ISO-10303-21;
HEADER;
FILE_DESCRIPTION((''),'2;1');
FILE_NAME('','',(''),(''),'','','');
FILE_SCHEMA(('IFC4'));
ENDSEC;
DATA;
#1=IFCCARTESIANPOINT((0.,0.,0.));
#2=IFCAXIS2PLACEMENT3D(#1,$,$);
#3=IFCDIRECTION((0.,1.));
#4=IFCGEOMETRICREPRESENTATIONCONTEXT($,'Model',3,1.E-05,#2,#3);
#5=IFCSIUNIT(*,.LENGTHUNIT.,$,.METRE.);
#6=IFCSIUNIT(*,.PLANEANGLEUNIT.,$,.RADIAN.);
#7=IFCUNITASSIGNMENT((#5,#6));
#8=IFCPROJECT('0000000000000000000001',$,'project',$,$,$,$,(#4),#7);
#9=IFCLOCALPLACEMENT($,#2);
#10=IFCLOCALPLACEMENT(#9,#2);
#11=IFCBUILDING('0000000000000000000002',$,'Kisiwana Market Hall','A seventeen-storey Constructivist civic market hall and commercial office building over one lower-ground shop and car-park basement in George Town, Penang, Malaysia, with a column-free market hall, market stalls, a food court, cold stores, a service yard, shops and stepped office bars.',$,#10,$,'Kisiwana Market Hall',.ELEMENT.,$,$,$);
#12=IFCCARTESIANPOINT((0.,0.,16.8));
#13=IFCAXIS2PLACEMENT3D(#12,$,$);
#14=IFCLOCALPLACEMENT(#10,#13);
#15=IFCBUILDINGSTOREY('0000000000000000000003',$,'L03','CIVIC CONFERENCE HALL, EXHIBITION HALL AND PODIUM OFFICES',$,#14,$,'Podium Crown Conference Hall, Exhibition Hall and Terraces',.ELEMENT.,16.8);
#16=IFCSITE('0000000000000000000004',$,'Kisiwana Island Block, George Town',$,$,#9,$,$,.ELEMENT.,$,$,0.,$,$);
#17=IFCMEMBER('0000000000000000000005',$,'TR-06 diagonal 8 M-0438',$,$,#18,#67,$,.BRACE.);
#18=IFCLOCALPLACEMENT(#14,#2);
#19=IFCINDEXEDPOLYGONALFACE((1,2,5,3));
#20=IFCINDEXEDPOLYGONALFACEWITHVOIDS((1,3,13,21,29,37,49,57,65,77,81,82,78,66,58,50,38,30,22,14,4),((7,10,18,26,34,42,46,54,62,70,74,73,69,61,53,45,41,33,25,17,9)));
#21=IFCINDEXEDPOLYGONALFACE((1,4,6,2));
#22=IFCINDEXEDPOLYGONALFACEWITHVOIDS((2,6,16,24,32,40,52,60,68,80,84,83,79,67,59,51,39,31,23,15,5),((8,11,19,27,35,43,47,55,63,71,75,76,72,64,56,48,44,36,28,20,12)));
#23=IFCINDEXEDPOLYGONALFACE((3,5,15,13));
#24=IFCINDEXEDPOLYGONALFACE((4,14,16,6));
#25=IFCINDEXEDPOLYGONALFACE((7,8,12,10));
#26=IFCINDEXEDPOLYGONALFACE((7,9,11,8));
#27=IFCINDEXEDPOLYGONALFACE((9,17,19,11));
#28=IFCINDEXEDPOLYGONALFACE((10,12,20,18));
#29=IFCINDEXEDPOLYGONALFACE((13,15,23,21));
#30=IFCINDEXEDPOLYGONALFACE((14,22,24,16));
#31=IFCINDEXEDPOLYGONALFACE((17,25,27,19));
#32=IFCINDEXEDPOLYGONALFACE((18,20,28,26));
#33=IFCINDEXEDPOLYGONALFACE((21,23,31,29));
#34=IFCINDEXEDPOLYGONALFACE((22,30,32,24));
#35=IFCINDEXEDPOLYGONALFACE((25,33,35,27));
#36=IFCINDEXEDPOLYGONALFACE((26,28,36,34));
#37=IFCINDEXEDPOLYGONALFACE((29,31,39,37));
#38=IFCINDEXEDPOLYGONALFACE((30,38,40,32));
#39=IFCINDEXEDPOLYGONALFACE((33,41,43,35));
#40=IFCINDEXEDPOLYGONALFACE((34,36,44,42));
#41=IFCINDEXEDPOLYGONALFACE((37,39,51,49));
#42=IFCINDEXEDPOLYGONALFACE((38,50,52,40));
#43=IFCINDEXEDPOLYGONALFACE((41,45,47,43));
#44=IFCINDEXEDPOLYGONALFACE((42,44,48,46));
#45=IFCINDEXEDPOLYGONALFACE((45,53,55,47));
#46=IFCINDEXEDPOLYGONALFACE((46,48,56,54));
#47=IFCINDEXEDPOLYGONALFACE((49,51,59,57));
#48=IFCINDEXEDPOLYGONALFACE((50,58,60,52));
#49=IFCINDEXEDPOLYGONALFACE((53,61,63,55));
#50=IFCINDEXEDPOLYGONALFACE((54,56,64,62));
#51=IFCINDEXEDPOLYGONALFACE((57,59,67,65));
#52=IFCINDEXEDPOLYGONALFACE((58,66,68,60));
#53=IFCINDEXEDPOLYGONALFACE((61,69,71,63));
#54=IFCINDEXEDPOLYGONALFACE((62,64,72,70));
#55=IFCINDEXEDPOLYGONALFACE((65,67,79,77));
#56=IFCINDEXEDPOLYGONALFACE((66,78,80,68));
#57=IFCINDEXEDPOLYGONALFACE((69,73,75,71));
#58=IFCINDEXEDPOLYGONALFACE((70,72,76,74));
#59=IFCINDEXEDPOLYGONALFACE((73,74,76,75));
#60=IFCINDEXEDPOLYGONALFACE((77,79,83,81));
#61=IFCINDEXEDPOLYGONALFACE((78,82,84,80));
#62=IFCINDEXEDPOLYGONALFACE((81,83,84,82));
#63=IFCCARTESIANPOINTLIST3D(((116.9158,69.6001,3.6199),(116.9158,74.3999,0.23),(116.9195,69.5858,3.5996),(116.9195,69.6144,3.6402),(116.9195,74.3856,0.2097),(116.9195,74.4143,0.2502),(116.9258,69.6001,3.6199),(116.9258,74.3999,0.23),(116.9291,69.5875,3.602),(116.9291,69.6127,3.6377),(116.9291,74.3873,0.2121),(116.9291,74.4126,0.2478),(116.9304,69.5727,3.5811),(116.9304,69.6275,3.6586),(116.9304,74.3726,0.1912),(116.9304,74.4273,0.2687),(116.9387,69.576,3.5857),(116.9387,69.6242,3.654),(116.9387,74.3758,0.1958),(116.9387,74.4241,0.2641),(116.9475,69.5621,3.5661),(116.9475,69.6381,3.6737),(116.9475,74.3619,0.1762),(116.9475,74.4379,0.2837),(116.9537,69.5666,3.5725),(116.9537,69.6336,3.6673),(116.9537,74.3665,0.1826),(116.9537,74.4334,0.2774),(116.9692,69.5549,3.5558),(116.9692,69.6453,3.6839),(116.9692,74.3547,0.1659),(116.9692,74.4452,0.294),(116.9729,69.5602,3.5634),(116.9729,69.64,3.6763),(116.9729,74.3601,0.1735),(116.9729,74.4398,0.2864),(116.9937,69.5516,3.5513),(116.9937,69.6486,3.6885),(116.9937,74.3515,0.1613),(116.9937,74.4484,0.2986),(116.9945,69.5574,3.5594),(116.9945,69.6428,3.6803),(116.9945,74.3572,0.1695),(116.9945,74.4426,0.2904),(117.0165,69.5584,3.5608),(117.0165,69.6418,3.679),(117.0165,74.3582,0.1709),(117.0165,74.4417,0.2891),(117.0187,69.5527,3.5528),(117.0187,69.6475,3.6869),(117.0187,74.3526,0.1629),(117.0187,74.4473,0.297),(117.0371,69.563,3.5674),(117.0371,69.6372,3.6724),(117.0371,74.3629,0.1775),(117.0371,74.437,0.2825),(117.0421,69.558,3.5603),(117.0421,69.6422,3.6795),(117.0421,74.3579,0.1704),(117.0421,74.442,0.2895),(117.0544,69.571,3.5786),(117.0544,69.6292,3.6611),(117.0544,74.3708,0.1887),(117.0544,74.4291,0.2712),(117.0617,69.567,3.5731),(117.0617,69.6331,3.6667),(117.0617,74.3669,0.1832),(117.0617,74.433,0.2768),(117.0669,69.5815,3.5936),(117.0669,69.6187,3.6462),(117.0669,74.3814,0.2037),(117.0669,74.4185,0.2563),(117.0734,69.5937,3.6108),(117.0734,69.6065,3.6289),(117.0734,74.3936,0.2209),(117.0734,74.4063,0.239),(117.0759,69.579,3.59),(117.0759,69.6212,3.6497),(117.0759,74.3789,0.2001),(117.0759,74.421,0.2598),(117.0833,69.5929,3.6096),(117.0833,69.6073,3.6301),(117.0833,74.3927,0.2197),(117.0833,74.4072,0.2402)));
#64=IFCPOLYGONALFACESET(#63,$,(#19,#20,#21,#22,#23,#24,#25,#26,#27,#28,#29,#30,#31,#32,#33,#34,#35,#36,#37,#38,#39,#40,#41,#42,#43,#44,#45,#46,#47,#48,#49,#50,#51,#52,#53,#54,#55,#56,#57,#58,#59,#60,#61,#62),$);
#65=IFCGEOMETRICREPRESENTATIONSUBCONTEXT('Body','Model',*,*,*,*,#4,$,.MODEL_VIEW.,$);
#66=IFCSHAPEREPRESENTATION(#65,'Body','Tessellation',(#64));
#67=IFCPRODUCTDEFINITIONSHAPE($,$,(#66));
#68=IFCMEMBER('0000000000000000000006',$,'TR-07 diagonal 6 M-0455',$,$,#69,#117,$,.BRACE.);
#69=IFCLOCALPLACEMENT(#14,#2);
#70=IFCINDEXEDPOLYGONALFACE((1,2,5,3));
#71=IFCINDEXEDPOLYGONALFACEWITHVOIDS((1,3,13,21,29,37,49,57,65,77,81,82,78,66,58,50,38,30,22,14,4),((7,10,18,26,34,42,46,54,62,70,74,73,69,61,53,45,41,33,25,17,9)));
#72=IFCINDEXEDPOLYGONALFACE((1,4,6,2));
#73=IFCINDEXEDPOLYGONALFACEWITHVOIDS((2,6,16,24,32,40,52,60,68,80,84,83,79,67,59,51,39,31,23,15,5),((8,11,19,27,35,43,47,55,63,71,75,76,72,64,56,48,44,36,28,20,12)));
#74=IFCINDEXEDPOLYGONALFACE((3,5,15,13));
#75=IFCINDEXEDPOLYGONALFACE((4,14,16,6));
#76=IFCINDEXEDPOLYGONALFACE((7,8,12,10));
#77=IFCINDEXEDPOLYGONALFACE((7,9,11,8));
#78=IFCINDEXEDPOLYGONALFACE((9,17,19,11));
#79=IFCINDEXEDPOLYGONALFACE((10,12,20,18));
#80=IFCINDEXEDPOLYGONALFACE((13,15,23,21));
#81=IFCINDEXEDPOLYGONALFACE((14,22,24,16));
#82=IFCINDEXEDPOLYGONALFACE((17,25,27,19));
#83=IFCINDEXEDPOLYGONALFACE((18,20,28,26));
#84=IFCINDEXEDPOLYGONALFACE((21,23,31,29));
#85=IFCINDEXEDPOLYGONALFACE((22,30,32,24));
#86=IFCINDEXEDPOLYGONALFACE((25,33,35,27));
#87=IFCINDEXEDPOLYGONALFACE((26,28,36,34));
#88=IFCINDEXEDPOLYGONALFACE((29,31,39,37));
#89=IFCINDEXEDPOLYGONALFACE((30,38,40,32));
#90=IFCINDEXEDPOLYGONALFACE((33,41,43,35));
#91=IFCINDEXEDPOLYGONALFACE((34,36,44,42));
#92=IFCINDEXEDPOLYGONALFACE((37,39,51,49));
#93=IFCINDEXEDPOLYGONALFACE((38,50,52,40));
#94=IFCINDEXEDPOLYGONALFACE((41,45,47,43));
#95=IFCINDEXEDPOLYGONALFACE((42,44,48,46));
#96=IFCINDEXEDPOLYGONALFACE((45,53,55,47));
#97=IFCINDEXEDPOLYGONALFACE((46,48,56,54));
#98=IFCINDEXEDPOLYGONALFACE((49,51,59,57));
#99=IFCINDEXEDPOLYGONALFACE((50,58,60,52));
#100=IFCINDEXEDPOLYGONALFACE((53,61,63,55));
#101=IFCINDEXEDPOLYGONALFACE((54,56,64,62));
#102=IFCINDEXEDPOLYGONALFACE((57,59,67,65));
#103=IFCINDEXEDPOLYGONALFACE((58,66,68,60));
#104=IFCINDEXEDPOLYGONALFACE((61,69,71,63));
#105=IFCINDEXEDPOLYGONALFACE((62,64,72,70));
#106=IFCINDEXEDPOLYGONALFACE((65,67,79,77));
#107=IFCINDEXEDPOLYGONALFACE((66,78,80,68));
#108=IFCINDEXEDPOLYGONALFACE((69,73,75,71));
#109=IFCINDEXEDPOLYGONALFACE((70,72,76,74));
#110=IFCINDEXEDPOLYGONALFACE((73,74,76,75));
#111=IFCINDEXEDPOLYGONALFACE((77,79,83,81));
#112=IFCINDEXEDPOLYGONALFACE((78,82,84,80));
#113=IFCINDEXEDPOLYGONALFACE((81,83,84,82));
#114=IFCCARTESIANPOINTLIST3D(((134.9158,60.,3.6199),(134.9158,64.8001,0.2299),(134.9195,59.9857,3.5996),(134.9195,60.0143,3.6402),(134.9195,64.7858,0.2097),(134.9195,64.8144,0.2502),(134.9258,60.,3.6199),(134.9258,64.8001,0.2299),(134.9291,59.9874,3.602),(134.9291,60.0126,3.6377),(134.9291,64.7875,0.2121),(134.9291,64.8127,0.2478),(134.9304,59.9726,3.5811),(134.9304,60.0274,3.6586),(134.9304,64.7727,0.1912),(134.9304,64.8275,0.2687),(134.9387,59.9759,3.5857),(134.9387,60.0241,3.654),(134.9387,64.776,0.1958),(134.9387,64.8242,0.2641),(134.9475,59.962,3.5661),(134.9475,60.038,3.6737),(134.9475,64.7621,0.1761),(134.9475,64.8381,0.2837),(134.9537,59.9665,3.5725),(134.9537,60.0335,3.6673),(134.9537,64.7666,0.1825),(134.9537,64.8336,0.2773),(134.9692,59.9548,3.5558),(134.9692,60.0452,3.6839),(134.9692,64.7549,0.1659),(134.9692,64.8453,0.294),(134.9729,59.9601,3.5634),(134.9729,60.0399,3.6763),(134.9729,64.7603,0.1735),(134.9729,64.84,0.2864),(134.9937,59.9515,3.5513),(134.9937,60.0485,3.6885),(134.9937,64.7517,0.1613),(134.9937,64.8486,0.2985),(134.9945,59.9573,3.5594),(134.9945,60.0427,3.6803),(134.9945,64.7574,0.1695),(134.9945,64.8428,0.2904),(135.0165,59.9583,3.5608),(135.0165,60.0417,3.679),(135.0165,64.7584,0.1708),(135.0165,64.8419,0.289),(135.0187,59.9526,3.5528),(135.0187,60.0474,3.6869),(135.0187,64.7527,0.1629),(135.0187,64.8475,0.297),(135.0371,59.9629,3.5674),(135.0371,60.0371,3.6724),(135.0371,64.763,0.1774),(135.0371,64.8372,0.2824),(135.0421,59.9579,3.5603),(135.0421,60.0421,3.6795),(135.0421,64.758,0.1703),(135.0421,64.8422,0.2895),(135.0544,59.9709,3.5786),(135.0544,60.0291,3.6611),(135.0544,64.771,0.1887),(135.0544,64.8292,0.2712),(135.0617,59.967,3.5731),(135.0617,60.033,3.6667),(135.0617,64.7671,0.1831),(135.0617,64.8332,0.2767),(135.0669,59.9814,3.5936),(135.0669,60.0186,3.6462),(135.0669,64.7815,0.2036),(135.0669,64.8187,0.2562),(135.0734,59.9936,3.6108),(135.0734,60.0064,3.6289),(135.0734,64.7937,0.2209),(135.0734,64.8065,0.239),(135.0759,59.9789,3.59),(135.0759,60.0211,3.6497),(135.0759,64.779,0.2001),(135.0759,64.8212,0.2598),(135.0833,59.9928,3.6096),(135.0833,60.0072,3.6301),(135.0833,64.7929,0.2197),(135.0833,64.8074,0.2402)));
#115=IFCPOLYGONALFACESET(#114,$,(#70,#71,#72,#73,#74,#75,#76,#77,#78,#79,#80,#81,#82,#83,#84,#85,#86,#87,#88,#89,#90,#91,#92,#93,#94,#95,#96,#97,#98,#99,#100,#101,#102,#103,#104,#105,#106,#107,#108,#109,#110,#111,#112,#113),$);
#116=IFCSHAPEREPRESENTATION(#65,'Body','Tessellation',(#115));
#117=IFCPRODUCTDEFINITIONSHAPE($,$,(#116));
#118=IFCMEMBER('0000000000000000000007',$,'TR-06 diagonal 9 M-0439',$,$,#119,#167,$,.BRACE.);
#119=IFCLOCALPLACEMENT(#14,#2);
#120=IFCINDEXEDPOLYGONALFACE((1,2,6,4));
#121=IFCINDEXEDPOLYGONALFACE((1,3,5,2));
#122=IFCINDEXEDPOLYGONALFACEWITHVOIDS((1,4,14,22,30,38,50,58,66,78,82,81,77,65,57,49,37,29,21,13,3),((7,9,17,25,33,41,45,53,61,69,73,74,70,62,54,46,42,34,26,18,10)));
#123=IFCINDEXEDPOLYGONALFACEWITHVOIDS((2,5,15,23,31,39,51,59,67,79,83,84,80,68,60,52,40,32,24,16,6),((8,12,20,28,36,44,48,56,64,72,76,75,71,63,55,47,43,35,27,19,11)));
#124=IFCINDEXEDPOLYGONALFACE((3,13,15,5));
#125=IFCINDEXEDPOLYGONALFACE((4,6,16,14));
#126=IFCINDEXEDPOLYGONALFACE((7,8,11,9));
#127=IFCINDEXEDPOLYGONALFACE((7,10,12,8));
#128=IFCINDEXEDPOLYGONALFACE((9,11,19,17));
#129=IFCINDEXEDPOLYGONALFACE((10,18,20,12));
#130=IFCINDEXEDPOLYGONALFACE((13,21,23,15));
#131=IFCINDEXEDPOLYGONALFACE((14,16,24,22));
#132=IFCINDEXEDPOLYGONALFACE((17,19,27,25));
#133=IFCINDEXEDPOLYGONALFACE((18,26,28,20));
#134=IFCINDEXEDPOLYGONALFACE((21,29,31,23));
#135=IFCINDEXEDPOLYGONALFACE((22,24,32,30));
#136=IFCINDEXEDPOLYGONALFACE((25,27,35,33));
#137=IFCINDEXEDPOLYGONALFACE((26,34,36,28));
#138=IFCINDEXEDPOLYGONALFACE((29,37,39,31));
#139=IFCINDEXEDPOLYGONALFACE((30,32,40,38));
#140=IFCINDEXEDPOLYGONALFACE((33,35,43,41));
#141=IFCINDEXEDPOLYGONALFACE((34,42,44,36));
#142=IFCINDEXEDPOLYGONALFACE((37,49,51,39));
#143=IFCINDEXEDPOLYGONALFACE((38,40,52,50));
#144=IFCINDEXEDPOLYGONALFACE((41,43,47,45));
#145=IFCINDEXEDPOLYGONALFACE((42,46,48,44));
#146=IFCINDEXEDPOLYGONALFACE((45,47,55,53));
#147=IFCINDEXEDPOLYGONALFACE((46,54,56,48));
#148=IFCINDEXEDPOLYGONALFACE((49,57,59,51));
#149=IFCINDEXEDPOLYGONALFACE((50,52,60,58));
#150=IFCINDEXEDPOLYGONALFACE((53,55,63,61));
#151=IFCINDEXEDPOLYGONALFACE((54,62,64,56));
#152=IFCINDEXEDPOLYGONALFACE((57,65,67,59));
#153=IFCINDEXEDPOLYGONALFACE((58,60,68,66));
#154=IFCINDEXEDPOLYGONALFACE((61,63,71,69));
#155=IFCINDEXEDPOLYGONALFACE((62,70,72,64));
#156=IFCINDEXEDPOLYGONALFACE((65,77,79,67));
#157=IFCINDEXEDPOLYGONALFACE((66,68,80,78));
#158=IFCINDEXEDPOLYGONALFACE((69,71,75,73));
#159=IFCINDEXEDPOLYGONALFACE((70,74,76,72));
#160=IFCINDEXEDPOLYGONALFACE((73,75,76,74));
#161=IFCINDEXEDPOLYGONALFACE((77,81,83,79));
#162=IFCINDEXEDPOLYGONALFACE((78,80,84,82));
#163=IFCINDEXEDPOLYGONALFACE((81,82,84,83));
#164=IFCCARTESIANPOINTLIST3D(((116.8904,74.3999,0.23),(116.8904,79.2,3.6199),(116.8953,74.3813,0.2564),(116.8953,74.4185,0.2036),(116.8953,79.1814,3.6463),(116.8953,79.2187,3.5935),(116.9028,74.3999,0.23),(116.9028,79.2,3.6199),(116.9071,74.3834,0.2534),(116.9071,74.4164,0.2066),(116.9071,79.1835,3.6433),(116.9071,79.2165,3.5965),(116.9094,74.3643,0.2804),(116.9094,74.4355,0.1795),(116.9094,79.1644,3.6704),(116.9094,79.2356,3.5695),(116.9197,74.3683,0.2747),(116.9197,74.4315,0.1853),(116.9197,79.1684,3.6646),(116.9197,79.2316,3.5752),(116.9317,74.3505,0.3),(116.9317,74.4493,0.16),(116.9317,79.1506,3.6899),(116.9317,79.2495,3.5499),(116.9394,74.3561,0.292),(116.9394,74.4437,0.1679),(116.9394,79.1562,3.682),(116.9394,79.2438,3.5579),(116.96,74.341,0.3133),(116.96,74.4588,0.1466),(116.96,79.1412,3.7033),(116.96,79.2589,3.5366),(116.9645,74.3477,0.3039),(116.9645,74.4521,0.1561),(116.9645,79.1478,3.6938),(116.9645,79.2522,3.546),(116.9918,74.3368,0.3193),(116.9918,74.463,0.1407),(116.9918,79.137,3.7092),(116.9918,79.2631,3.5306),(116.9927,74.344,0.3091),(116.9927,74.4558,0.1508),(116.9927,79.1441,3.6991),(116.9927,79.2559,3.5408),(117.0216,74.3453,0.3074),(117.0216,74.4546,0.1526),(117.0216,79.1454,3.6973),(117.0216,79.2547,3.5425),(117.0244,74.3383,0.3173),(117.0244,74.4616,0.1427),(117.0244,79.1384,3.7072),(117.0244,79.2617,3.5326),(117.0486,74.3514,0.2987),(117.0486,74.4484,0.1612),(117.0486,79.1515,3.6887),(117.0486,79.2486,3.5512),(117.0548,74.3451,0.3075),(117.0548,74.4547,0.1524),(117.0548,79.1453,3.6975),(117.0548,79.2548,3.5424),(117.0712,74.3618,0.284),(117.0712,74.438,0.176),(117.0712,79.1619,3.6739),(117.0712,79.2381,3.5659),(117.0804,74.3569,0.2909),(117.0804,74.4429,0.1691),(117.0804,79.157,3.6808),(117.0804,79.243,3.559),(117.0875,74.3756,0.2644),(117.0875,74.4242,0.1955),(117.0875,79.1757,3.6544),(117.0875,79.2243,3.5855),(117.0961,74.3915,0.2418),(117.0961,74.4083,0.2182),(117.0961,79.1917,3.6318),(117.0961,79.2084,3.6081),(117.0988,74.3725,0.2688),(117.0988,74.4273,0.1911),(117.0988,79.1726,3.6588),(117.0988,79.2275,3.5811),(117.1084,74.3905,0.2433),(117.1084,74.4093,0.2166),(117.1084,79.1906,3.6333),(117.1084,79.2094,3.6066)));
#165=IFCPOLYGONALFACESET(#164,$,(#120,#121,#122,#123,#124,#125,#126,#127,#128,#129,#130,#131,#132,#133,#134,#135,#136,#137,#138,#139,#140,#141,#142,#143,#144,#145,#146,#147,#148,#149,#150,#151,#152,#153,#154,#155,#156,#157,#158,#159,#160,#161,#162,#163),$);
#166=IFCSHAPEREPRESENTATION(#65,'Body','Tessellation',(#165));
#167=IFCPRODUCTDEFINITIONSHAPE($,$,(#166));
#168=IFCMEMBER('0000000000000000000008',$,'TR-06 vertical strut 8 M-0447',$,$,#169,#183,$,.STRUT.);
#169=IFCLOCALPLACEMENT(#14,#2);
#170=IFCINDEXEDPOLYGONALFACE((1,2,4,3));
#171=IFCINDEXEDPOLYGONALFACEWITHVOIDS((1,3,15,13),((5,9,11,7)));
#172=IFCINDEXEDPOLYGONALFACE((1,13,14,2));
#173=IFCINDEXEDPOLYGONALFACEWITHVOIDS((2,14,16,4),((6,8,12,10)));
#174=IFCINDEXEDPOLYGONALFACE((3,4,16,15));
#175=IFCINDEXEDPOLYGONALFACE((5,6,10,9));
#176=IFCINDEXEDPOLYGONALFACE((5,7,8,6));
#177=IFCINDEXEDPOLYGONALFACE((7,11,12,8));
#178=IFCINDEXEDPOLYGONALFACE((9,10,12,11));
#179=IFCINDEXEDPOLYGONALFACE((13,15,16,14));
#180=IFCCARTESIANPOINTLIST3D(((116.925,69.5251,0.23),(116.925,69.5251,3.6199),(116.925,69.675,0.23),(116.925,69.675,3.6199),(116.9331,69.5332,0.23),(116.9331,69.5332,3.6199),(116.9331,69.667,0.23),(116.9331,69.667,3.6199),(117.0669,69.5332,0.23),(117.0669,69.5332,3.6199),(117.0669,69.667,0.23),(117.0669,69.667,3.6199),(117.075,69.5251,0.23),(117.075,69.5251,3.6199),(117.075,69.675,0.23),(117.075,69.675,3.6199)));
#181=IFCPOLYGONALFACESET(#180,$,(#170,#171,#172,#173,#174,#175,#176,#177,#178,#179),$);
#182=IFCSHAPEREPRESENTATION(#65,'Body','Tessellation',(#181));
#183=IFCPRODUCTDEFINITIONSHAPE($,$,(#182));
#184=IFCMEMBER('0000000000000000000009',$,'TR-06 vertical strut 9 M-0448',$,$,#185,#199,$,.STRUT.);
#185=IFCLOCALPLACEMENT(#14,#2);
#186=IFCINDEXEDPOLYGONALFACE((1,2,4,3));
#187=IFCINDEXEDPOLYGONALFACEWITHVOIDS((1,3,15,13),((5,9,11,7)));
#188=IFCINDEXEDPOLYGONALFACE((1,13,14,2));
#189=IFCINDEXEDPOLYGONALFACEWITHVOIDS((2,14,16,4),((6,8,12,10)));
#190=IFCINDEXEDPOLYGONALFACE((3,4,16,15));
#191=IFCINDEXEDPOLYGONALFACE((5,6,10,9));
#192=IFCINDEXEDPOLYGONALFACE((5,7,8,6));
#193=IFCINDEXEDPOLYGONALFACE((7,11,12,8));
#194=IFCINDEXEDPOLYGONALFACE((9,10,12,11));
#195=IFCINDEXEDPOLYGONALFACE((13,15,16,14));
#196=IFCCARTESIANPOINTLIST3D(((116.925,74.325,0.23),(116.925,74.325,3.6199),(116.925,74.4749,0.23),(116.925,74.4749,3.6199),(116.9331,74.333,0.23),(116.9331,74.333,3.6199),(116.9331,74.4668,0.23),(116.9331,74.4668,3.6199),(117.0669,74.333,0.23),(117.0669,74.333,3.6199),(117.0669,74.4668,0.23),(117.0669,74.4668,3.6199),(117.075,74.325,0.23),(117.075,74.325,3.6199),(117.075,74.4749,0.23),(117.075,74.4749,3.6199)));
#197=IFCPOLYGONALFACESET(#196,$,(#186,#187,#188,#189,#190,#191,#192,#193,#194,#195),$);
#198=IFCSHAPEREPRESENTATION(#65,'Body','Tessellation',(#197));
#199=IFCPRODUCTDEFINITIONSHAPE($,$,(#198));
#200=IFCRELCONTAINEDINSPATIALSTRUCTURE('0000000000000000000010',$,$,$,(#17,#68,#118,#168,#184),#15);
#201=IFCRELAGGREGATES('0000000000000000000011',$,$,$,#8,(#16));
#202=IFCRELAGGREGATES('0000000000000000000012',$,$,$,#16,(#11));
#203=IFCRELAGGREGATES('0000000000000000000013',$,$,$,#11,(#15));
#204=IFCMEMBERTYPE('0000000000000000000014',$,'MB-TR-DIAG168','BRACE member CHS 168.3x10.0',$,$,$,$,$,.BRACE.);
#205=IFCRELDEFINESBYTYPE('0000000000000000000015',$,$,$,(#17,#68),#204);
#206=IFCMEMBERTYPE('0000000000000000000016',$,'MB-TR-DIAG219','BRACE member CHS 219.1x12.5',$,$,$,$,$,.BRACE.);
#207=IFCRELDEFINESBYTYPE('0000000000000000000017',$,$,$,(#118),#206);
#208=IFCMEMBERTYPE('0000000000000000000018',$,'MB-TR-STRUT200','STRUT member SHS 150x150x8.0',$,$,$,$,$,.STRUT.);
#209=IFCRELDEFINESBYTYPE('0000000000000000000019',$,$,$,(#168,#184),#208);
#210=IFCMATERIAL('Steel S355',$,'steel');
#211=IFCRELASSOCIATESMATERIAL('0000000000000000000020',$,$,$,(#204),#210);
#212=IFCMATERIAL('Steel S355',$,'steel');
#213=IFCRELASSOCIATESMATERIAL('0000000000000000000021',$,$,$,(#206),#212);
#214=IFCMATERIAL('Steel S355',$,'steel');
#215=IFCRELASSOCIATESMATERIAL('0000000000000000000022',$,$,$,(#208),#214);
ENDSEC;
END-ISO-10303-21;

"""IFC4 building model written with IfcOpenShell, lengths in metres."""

from ifc_helpers import new_model, si_unit, direction, frame, origin, origin_2d, place, context, subcontext, project, spatial, hollow_rectangle, hollow_circle, extrude, material, material_profile, profile_set, type_object, element, save


model = new_model("IFC4")

# Units and contexts
model_context = context("Model", 3, precision=1e-05, world=origin(), true_north=direction((0.0, 1.0)))
body_context = subcontext(model_context, "Body", "Model", "MODEL_VIEW")
ifc_project = project(units=[si_unit("LENGTHUNIT", "METRE"), si_unit("PLANEANGLEUNIT", "RADIAN")], contexts=[model_context])

# Site, building, storey
site_placement = place(None, origin())
site = spatial("IfcSite", under=ifc_project, at=site_placement, Name="Kisiwana Island Block, George Town", CompositionType="ELEMENT", RefElevation=0.0)
building_placement = place(site_placement, origin())
building = spatial("IfcBuilding", under=site, at=building_placement, Name="Kisiwana Market Hall", Description="A seventeen-storey Constructivist civic market hall and commercial office building over one lower-ground shop and car-park basement in George Town, Penang, Malaysia, with a column-free market hall, market stalls, a food court, cold stores, a service yard, shops and stepped office bars.", LongName="Kisiwana Market Hall", CompositionType="ELEMENT")
storey_placement = place(building_placement, frame((0.0, 0.0, 16.8)))
storey = spatial("IfcBuildingStorey", under=building, at=storey_placement, Name="L03", Description="CIVIC CONFERENCE HALL, EXHIBITION HALL AND PODIUM OFFICES", LongName="Podium Crown Conference Hall, Exhibition Hall and Terraces", CompositionType="ELEMENT", Elevation=16.8)

# Members
ifc_material_1 = material(Name="Steel S355", Category="steel")
ifc_material_profile_1 = material_profile(ifc_material_1, hollow_circle(Radius=0.0842, WallThickness=0.01, at=origin_2d()), Name="CHS 168.3x10.0")
ifc_profile_set_1 = profile_set([ifc_material_profile_1], Name="Steel S355")
member_type_1 = type_object("IfcMemberType", Name="MB-TR-DIAG168", Description="BRACE member CHS 168.3x10.0", PredefinedType="BRACE", material=ifc_profile_set_1)
member_1_placement = place(storey_placement, frame((117.0, 69.6001, 3.6199), z_axis=(0.0, 0.816824, -0.576887), x_axis=(-1.0, 0.0, 0.0)))
element("IfcMember", 1, at=member_1_placement, inside=storey, type_object=member_type_1, Name="TR-06 diagonal 8 M-0438", PredefinedType="BRACE", context=body_context, shape_type="SweptSolid", body=[
    extrude(hollow_circle(Radius=0.0842, WallThickness=0.01, at=origin_2d()), origin(), (0.0, 0.0, 1.0), 5.8762),
])
member_2_placement = place(storey_placement, frame((135.0, 60.0, 3.6199), z_axis=(0.0, 0.816838, -0.576868), x_axis=(-1.0, 0.0, 0.0)))
element("IfcMember", 2, at=member_2_placement, inside=storey, type_object=member_type_1, Name="TR-07 diagonal 6 M-0455", PredefinedType="BRACE", context=body_context, shape_type="SweptSolid", body=[
    extrude(hollow_circle(Radius=0.0842, WallThickness=0.01, at=origin_2d()), origin(), (0.0, 0.0, 1.0), 5.8765),
])
ifc_material_2 = material(Name="Steel S355", Category="steel")
ifc_material_profile_2 = material_profile(ifc_material_2, hollow_circle(Radius=0.1096, WallThickness=0.0125, at=origin_2d()), Name="CHS 219.1x12.5")
ifc_profile_set_2 = profile_set([ifc_material_profile_2], Name="Steel S355")
member_type_2 = type_object("IfcMemberType", Name="MB-TR-DIAG219", Description="BRACE member CHS 219.1x12.5", PredefinedType="BRACE", material=ifc_profile_set_2)
member_3_placement = place(storey_placement, frame((117.0, 74.3999, 0.23), z_axis=(0.0, 0.816838, 0.576868), x_axis=(-1.0, 0.0, 0.0)))
element("IfcMember", 3, at=member_3_placement, inside=storey, type_object=member_type_2, Name="TR-06 diagonal 9 M-0439", PredefinedType="BRACE", context=body_context, shape_type="SweptSolid", body=[
    extrude(hollow_circle(Radius=0.1096, WallThickness=0.0125, at=origin_2d()), origin(), (0.0, 0.0, 1.0), 5.8765),
])
ifc_material_3 = material(Name="Steel S355", Category="steel")
ifc_material_profile_3 = material_profile(ifc_material_3, hollow_rectangle(XDim=0.1499, YDim=0.1499, WallThickness=0.0081, at=origin_2d()), Name="SHS 150x150x8.0")
ifc_profile_set_3 = profile_set([ifc_material_profile_3], Name="Steel S355")
member_type_3 = type_object("IfcMemberType", Name="MB-TR-STRUT200", Description="STRUT member SHS 150x150x8.0", PredefinedType="STRUT", material=ifc_profile_set_3)
for number, where, z_axis, x_axis, name in (
    (4, (117.0, 69.6001, 0.23), (0.0, 0.0, 1.0), (1.0, 0.0, 0.0), "TR-06 vertical strut 8 M-0447"),
    (5, (117.0, 74.3999, 0.23), (0.0, 0.0, 1.0), (1.0, 0.0, 0.0), "TR-06 vertical strut 9 M-0448"),
):
    element("IfcMember", number, at=place(storey_placement, frame(where, z_axis=z_axis, x_axis=x_axis)), inside=storey, type_object=member_type_3, Name=name, PredefinedType="STRUT", context=body_context, shape_type="SweptSolid", body=[
        extrude(hollow_rectangle(XDim=0.1499, YDim=0.1499, WallThickness=0.0081, at=origin_2d()), origin(), (0.0, 0.0, 1.0), 3.3899),
    ])

save(model, "model.ifc")
